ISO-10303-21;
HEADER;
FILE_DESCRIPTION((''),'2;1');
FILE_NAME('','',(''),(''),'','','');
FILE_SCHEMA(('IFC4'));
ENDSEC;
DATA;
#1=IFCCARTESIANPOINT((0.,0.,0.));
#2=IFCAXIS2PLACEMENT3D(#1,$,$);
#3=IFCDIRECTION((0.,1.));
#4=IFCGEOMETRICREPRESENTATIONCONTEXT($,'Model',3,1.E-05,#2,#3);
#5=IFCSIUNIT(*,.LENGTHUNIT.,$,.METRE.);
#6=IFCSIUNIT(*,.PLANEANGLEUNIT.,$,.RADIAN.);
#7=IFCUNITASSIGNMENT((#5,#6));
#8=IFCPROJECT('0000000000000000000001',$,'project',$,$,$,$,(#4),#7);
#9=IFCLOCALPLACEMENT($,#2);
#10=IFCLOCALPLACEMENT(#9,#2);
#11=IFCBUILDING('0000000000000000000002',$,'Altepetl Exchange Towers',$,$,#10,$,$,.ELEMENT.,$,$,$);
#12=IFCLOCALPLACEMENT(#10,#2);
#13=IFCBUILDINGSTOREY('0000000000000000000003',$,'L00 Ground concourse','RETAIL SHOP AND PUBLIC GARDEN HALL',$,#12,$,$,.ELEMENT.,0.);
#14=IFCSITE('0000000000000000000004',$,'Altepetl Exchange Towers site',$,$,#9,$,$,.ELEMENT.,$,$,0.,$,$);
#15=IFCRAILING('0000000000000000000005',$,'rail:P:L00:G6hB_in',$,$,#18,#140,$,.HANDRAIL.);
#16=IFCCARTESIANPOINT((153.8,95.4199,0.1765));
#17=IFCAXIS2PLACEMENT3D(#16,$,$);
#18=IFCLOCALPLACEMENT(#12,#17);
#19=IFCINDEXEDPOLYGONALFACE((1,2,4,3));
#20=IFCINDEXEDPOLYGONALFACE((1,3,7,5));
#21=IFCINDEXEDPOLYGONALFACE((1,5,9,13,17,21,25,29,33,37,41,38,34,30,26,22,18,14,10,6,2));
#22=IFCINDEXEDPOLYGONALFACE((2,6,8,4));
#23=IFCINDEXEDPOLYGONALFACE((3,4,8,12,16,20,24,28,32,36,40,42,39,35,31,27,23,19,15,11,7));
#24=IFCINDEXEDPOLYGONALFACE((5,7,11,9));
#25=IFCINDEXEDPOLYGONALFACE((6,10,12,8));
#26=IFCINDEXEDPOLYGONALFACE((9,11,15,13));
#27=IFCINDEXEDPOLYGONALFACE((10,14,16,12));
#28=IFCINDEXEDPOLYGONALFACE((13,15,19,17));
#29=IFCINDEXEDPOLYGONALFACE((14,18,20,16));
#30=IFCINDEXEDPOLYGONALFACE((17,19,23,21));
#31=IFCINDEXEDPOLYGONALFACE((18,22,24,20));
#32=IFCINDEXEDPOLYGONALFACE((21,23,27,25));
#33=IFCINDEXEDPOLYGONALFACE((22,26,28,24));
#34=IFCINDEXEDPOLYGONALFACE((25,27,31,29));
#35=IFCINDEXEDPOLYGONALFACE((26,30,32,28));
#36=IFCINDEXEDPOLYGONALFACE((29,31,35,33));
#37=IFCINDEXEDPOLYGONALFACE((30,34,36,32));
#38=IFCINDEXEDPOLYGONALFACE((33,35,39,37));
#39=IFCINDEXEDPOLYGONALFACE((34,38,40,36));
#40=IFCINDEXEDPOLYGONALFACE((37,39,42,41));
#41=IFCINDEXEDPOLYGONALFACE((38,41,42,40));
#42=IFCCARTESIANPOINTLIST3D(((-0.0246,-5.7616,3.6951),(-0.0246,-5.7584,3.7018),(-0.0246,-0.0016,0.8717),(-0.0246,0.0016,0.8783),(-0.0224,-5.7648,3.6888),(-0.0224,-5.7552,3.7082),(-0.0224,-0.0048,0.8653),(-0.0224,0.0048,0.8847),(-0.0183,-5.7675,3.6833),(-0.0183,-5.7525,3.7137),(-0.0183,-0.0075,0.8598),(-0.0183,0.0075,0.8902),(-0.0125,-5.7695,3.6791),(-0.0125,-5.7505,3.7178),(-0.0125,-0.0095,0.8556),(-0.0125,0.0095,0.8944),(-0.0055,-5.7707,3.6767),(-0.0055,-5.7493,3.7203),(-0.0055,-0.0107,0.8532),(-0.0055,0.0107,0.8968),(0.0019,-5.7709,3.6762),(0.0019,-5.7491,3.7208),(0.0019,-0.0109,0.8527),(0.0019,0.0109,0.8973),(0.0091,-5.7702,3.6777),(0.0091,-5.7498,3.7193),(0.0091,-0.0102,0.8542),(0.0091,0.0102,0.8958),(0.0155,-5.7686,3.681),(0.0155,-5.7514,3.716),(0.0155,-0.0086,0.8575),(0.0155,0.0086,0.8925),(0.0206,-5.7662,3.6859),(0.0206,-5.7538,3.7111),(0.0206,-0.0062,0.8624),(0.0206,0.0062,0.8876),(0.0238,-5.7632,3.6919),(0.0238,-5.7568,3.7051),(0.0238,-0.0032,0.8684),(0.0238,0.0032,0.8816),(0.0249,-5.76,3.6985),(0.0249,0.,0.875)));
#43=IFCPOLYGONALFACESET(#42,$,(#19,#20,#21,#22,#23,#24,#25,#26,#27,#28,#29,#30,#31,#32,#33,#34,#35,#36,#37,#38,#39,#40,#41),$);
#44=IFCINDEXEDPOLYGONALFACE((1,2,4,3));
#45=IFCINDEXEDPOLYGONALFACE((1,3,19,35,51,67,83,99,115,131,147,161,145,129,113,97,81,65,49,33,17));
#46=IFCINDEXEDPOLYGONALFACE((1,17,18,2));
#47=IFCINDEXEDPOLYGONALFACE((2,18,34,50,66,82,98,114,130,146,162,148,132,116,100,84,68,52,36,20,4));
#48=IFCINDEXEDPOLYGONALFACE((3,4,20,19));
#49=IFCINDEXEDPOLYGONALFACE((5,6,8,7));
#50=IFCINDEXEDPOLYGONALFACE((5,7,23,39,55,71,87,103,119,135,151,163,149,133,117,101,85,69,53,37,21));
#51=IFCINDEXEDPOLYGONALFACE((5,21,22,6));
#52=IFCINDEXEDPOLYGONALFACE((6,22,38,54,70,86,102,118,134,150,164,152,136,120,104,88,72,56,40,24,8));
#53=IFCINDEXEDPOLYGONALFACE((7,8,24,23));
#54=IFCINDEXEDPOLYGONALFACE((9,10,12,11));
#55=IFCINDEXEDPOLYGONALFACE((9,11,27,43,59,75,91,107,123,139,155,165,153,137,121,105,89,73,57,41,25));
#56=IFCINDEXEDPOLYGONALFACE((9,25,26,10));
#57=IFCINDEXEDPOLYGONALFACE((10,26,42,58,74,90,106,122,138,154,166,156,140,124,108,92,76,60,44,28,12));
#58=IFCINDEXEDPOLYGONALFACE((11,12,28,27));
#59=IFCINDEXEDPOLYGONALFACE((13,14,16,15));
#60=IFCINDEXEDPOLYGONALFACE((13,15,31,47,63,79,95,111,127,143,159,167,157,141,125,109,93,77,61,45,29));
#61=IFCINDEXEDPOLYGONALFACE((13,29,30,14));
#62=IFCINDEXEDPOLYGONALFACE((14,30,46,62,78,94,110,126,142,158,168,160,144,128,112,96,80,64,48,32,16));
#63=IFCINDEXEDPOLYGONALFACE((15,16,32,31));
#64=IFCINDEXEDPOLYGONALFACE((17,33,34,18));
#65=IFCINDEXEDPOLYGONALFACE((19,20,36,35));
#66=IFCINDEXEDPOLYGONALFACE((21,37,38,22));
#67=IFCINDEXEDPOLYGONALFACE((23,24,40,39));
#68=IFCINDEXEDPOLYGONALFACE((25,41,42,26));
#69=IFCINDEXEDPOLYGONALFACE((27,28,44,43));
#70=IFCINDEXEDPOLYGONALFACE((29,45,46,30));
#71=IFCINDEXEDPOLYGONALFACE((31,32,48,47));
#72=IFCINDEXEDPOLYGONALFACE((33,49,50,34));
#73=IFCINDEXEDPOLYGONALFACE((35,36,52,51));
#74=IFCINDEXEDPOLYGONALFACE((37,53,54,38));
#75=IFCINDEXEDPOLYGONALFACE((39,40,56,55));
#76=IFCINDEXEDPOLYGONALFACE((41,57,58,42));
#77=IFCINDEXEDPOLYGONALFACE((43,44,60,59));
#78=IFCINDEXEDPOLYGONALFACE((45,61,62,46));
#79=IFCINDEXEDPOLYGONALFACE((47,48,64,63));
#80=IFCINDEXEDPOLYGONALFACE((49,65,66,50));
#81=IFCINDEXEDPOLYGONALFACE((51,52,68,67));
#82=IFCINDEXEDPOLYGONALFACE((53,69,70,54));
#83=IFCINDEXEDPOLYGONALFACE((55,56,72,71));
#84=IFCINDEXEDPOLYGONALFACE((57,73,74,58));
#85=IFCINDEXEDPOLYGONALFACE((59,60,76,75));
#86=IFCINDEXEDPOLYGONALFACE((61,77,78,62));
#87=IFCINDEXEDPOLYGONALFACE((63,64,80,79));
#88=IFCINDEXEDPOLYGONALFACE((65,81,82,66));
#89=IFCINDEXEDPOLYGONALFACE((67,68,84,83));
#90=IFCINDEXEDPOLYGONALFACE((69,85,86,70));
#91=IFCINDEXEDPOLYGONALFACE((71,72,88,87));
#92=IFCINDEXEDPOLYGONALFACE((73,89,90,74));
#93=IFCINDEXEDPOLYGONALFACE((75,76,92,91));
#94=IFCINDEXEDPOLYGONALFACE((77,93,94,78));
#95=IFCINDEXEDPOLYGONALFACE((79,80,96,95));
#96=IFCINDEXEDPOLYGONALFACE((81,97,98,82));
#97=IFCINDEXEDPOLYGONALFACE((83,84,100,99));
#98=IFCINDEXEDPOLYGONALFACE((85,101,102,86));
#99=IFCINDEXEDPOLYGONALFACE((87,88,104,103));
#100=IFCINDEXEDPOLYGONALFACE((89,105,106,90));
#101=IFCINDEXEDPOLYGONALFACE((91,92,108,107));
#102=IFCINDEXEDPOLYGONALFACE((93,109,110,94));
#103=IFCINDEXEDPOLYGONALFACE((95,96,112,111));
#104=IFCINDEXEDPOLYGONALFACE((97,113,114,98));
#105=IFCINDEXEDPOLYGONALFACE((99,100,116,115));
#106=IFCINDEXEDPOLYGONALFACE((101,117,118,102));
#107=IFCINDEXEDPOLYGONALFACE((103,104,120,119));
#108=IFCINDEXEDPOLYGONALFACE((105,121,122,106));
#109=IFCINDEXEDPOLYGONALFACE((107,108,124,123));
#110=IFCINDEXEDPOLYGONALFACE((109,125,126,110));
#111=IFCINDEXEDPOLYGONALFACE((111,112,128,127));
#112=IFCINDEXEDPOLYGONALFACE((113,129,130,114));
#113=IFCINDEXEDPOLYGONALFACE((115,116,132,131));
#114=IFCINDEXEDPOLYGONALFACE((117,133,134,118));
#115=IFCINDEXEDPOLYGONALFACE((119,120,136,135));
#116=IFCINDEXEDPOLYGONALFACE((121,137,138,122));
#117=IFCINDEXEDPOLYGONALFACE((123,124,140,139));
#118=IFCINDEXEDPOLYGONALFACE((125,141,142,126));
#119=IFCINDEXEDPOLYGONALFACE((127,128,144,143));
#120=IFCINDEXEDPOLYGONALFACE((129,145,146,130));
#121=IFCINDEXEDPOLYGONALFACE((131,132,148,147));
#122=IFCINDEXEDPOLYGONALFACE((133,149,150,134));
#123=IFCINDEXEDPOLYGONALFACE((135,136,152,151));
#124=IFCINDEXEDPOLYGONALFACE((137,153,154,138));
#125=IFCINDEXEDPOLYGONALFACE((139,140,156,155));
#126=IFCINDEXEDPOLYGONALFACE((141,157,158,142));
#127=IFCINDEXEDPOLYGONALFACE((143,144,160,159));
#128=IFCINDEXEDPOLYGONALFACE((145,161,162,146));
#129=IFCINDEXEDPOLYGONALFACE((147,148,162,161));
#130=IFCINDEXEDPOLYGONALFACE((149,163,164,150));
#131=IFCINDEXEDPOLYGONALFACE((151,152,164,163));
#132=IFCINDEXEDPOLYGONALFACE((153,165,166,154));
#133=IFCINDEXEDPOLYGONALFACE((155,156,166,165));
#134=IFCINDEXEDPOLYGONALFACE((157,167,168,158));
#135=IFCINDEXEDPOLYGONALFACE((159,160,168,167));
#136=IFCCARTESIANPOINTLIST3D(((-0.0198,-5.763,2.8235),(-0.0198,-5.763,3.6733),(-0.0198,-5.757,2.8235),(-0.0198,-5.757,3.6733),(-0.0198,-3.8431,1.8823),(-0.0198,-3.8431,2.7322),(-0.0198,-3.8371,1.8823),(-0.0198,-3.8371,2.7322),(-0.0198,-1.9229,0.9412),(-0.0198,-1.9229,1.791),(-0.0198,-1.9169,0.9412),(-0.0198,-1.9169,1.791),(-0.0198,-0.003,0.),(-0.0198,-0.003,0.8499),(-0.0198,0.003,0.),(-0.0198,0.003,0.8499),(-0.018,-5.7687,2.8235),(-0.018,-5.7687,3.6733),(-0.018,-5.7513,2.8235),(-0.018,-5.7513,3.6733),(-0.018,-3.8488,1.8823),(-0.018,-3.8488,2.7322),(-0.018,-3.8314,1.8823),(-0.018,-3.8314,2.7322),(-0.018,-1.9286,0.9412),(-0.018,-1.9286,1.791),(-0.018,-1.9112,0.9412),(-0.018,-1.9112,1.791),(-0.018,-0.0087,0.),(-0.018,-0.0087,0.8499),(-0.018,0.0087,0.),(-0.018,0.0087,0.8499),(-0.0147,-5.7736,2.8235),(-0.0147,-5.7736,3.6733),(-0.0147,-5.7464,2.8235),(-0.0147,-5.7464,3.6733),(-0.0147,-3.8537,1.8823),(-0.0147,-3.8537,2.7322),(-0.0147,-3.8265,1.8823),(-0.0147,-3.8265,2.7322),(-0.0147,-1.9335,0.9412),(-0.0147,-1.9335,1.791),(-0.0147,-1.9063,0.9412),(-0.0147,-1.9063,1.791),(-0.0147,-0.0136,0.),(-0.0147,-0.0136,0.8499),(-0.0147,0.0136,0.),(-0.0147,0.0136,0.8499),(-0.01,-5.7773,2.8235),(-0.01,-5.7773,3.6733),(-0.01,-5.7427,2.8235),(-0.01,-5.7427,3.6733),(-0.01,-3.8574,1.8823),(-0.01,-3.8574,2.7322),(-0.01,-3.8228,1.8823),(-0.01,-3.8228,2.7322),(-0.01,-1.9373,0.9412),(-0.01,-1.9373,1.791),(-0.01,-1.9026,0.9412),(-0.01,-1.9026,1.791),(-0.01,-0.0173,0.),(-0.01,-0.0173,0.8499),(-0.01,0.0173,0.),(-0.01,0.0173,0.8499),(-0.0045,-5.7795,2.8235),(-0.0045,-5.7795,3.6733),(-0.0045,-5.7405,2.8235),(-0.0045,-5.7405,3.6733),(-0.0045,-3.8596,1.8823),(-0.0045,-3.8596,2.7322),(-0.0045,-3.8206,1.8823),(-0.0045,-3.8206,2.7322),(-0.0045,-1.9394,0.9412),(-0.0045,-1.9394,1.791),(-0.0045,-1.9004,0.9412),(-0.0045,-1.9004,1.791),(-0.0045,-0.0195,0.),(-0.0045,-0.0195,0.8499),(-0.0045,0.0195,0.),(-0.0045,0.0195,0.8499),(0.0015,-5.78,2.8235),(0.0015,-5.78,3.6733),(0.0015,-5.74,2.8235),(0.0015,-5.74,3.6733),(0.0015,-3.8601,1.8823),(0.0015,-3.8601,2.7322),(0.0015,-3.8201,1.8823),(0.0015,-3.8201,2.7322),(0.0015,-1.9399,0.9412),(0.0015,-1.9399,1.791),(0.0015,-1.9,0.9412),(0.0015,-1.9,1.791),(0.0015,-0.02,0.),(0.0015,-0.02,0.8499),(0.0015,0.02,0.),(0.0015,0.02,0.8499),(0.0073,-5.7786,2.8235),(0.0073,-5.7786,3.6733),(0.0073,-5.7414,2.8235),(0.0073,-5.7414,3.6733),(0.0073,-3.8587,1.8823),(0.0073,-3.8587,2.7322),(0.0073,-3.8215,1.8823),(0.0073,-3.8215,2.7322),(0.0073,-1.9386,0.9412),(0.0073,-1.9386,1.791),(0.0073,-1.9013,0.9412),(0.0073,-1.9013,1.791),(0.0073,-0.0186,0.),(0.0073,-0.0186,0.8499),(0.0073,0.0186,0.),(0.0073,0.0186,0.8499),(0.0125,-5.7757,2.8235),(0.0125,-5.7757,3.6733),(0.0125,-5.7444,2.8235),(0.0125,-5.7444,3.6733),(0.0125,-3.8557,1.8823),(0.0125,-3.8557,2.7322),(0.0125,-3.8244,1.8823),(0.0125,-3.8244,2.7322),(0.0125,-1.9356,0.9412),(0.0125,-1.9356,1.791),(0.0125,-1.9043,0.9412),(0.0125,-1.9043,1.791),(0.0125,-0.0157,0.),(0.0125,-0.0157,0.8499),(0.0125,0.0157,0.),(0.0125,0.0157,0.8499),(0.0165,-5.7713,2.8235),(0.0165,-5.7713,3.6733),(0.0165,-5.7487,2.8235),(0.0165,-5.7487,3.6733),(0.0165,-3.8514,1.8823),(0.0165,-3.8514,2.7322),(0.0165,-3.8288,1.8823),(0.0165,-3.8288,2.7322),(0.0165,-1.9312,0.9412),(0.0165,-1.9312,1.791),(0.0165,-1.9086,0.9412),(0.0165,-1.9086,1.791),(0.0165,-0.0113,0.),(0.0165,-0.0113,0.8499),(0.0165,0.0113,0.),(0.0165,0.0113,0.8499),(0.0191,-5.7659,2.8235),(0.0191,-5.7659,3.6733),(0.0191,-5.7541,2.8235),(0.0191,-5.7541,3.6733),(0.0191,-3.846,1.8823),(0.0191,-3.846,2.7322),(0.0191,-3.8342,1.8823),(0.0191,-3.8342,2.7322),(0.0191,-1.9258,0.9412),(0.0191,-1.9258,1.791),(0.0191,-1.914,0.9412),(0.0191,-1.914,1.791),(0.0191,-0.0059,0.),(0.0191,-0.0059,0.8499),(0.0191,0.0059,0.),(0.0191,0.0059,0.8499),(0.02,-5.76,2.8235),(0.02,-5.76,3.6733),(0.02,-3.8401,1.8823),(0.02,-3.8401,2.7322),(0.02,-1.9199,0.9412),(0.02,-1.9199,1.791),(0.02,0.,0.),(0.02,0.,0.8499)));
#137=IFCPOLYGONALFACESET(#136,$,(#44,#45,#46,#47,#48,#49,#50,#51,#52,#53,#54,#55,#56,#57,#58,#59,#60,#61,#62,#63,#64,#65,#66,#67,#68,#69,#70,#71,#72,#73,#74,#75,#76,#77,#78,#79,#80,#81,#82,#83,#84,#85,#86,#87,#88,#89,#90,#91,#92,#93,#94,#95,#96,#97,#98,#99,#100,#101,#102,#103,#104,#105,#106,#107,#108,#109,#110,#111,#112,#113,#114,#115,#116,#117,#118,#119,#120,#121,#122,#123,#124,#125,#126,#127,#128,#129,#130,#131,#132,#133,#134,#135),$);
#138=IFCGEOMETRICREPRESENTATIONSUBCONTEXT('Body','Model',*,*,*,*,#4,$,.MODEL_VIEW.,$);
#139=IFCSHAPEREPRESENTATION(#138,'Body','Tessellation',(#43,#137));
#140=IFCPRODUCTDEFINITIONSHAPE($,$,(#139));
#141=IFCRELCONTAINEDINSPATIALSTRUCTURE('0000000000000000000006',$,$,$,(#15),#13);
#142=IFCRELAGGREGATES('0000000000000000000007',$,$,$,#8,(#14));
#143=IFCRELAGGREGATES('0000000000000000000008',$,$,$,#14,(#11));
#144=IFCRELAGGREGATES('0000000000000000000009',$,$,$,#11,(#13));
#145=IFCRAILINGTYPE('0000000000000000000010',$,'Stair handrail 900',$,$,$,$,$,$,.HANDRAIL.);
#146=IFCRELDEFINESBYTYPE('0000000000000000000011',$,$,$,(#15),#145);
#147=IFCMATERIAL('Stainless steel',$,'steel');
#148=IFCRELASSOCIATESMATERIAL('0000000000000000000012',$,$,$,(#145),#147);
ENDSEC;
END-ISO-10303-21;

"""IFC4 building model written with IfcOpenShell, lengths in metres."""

from ifc_helpers import new_model, si_unit, direction, frame, origin, origin_2d, place, context, subcontext, project, spatial, circle, extrude, source, transform, mapped, material, type_object, element, save


model = new_model("IFC4")

# Units and contexts
model_context = context("Model", 3, precision=1e-05, world=origin(), true_north=direction((0.0, 1.0)))
body_context = subcontext(model_context, "Body", "Model", "MODEL_VIEW")
ifc_project = project(units=[si_unit("LENGTHUNIT", "METRE"), si_unit("PLANEANGLEUNIT", "RADIAN")], contexts=[model_context])

# Site, building, storey
site_placement = place(None, origin())
site = spatial("IfcSite", under=ifc_project, at=site_placement, Name="Altepetl Exchange Towers site", CompositionType="ELEMENT", RefElevation=0.0)
building_placement = place(site_placement, origin())
building = spatial("IfcBuilding", under=site, at=building_placement, Name="Altepetl Exchange Towers", CompositionType="ELEMENT")
storey_placement = place(building_placement, origin())
storey = spatial("IfcBuildingStorey", under=building, at=storey_placement, Name="L00 Ground concourse", Description="RETAIL SHOP AND PUBLIC GARDEN HALL", CompositionType="ELEMENT", Elevation=0.0)

# Railing
ifc_material_1 = material(Name="Stainless steel", Category="steel")
railing_type_1 = type_object("IfcRailingType", Name="Stair handrail 900", PredefinedType="HANDRAIL", material=ifc_material_1)
shared_shape_1 = source(origin(), body_context, "Body", "SweptSolid", [
    extrude(circle(Radius=0.02, at=origin_2d()), origin(), (0.0, 0.0, 1.0), 0.8499),
])
for number, where, name in (
    (1, (153.8, 95.4199, 0.1765), "rail:P:L00:G6hB_in"),
):
    element("IfcRailing", number, at=place(storey_placement, frame(where)), inside=storey, type_object=railing_type_1, Name=name, PredefinedType="HANDRAIL", context=body_context, shape_type="SweptSolid", body=[
        extrude(circle(Radius=0.0249, at=origin_2d()), frame((0.0, 0.0, 0.875), z_axis=(0.0, -0.897924, 0.440151), x_axis=(1.0, 0.0, 0.0)), (0.0, 0.0, 1.0), 6.4148),
        mapped(shared_shape_1, transform((0.0, 0.0, 0.0))),
        mapped(shared_shape_1, transform((0.0, -1.9199, 0.9412))),
        mapped(shared_shape_1, transform((0.0, -3.8401, 1.8823))),
        mapped(shared_shape_1, transform((0.0, -5.76, 2.8235))),
    ])

save(model, "model.ifc")
